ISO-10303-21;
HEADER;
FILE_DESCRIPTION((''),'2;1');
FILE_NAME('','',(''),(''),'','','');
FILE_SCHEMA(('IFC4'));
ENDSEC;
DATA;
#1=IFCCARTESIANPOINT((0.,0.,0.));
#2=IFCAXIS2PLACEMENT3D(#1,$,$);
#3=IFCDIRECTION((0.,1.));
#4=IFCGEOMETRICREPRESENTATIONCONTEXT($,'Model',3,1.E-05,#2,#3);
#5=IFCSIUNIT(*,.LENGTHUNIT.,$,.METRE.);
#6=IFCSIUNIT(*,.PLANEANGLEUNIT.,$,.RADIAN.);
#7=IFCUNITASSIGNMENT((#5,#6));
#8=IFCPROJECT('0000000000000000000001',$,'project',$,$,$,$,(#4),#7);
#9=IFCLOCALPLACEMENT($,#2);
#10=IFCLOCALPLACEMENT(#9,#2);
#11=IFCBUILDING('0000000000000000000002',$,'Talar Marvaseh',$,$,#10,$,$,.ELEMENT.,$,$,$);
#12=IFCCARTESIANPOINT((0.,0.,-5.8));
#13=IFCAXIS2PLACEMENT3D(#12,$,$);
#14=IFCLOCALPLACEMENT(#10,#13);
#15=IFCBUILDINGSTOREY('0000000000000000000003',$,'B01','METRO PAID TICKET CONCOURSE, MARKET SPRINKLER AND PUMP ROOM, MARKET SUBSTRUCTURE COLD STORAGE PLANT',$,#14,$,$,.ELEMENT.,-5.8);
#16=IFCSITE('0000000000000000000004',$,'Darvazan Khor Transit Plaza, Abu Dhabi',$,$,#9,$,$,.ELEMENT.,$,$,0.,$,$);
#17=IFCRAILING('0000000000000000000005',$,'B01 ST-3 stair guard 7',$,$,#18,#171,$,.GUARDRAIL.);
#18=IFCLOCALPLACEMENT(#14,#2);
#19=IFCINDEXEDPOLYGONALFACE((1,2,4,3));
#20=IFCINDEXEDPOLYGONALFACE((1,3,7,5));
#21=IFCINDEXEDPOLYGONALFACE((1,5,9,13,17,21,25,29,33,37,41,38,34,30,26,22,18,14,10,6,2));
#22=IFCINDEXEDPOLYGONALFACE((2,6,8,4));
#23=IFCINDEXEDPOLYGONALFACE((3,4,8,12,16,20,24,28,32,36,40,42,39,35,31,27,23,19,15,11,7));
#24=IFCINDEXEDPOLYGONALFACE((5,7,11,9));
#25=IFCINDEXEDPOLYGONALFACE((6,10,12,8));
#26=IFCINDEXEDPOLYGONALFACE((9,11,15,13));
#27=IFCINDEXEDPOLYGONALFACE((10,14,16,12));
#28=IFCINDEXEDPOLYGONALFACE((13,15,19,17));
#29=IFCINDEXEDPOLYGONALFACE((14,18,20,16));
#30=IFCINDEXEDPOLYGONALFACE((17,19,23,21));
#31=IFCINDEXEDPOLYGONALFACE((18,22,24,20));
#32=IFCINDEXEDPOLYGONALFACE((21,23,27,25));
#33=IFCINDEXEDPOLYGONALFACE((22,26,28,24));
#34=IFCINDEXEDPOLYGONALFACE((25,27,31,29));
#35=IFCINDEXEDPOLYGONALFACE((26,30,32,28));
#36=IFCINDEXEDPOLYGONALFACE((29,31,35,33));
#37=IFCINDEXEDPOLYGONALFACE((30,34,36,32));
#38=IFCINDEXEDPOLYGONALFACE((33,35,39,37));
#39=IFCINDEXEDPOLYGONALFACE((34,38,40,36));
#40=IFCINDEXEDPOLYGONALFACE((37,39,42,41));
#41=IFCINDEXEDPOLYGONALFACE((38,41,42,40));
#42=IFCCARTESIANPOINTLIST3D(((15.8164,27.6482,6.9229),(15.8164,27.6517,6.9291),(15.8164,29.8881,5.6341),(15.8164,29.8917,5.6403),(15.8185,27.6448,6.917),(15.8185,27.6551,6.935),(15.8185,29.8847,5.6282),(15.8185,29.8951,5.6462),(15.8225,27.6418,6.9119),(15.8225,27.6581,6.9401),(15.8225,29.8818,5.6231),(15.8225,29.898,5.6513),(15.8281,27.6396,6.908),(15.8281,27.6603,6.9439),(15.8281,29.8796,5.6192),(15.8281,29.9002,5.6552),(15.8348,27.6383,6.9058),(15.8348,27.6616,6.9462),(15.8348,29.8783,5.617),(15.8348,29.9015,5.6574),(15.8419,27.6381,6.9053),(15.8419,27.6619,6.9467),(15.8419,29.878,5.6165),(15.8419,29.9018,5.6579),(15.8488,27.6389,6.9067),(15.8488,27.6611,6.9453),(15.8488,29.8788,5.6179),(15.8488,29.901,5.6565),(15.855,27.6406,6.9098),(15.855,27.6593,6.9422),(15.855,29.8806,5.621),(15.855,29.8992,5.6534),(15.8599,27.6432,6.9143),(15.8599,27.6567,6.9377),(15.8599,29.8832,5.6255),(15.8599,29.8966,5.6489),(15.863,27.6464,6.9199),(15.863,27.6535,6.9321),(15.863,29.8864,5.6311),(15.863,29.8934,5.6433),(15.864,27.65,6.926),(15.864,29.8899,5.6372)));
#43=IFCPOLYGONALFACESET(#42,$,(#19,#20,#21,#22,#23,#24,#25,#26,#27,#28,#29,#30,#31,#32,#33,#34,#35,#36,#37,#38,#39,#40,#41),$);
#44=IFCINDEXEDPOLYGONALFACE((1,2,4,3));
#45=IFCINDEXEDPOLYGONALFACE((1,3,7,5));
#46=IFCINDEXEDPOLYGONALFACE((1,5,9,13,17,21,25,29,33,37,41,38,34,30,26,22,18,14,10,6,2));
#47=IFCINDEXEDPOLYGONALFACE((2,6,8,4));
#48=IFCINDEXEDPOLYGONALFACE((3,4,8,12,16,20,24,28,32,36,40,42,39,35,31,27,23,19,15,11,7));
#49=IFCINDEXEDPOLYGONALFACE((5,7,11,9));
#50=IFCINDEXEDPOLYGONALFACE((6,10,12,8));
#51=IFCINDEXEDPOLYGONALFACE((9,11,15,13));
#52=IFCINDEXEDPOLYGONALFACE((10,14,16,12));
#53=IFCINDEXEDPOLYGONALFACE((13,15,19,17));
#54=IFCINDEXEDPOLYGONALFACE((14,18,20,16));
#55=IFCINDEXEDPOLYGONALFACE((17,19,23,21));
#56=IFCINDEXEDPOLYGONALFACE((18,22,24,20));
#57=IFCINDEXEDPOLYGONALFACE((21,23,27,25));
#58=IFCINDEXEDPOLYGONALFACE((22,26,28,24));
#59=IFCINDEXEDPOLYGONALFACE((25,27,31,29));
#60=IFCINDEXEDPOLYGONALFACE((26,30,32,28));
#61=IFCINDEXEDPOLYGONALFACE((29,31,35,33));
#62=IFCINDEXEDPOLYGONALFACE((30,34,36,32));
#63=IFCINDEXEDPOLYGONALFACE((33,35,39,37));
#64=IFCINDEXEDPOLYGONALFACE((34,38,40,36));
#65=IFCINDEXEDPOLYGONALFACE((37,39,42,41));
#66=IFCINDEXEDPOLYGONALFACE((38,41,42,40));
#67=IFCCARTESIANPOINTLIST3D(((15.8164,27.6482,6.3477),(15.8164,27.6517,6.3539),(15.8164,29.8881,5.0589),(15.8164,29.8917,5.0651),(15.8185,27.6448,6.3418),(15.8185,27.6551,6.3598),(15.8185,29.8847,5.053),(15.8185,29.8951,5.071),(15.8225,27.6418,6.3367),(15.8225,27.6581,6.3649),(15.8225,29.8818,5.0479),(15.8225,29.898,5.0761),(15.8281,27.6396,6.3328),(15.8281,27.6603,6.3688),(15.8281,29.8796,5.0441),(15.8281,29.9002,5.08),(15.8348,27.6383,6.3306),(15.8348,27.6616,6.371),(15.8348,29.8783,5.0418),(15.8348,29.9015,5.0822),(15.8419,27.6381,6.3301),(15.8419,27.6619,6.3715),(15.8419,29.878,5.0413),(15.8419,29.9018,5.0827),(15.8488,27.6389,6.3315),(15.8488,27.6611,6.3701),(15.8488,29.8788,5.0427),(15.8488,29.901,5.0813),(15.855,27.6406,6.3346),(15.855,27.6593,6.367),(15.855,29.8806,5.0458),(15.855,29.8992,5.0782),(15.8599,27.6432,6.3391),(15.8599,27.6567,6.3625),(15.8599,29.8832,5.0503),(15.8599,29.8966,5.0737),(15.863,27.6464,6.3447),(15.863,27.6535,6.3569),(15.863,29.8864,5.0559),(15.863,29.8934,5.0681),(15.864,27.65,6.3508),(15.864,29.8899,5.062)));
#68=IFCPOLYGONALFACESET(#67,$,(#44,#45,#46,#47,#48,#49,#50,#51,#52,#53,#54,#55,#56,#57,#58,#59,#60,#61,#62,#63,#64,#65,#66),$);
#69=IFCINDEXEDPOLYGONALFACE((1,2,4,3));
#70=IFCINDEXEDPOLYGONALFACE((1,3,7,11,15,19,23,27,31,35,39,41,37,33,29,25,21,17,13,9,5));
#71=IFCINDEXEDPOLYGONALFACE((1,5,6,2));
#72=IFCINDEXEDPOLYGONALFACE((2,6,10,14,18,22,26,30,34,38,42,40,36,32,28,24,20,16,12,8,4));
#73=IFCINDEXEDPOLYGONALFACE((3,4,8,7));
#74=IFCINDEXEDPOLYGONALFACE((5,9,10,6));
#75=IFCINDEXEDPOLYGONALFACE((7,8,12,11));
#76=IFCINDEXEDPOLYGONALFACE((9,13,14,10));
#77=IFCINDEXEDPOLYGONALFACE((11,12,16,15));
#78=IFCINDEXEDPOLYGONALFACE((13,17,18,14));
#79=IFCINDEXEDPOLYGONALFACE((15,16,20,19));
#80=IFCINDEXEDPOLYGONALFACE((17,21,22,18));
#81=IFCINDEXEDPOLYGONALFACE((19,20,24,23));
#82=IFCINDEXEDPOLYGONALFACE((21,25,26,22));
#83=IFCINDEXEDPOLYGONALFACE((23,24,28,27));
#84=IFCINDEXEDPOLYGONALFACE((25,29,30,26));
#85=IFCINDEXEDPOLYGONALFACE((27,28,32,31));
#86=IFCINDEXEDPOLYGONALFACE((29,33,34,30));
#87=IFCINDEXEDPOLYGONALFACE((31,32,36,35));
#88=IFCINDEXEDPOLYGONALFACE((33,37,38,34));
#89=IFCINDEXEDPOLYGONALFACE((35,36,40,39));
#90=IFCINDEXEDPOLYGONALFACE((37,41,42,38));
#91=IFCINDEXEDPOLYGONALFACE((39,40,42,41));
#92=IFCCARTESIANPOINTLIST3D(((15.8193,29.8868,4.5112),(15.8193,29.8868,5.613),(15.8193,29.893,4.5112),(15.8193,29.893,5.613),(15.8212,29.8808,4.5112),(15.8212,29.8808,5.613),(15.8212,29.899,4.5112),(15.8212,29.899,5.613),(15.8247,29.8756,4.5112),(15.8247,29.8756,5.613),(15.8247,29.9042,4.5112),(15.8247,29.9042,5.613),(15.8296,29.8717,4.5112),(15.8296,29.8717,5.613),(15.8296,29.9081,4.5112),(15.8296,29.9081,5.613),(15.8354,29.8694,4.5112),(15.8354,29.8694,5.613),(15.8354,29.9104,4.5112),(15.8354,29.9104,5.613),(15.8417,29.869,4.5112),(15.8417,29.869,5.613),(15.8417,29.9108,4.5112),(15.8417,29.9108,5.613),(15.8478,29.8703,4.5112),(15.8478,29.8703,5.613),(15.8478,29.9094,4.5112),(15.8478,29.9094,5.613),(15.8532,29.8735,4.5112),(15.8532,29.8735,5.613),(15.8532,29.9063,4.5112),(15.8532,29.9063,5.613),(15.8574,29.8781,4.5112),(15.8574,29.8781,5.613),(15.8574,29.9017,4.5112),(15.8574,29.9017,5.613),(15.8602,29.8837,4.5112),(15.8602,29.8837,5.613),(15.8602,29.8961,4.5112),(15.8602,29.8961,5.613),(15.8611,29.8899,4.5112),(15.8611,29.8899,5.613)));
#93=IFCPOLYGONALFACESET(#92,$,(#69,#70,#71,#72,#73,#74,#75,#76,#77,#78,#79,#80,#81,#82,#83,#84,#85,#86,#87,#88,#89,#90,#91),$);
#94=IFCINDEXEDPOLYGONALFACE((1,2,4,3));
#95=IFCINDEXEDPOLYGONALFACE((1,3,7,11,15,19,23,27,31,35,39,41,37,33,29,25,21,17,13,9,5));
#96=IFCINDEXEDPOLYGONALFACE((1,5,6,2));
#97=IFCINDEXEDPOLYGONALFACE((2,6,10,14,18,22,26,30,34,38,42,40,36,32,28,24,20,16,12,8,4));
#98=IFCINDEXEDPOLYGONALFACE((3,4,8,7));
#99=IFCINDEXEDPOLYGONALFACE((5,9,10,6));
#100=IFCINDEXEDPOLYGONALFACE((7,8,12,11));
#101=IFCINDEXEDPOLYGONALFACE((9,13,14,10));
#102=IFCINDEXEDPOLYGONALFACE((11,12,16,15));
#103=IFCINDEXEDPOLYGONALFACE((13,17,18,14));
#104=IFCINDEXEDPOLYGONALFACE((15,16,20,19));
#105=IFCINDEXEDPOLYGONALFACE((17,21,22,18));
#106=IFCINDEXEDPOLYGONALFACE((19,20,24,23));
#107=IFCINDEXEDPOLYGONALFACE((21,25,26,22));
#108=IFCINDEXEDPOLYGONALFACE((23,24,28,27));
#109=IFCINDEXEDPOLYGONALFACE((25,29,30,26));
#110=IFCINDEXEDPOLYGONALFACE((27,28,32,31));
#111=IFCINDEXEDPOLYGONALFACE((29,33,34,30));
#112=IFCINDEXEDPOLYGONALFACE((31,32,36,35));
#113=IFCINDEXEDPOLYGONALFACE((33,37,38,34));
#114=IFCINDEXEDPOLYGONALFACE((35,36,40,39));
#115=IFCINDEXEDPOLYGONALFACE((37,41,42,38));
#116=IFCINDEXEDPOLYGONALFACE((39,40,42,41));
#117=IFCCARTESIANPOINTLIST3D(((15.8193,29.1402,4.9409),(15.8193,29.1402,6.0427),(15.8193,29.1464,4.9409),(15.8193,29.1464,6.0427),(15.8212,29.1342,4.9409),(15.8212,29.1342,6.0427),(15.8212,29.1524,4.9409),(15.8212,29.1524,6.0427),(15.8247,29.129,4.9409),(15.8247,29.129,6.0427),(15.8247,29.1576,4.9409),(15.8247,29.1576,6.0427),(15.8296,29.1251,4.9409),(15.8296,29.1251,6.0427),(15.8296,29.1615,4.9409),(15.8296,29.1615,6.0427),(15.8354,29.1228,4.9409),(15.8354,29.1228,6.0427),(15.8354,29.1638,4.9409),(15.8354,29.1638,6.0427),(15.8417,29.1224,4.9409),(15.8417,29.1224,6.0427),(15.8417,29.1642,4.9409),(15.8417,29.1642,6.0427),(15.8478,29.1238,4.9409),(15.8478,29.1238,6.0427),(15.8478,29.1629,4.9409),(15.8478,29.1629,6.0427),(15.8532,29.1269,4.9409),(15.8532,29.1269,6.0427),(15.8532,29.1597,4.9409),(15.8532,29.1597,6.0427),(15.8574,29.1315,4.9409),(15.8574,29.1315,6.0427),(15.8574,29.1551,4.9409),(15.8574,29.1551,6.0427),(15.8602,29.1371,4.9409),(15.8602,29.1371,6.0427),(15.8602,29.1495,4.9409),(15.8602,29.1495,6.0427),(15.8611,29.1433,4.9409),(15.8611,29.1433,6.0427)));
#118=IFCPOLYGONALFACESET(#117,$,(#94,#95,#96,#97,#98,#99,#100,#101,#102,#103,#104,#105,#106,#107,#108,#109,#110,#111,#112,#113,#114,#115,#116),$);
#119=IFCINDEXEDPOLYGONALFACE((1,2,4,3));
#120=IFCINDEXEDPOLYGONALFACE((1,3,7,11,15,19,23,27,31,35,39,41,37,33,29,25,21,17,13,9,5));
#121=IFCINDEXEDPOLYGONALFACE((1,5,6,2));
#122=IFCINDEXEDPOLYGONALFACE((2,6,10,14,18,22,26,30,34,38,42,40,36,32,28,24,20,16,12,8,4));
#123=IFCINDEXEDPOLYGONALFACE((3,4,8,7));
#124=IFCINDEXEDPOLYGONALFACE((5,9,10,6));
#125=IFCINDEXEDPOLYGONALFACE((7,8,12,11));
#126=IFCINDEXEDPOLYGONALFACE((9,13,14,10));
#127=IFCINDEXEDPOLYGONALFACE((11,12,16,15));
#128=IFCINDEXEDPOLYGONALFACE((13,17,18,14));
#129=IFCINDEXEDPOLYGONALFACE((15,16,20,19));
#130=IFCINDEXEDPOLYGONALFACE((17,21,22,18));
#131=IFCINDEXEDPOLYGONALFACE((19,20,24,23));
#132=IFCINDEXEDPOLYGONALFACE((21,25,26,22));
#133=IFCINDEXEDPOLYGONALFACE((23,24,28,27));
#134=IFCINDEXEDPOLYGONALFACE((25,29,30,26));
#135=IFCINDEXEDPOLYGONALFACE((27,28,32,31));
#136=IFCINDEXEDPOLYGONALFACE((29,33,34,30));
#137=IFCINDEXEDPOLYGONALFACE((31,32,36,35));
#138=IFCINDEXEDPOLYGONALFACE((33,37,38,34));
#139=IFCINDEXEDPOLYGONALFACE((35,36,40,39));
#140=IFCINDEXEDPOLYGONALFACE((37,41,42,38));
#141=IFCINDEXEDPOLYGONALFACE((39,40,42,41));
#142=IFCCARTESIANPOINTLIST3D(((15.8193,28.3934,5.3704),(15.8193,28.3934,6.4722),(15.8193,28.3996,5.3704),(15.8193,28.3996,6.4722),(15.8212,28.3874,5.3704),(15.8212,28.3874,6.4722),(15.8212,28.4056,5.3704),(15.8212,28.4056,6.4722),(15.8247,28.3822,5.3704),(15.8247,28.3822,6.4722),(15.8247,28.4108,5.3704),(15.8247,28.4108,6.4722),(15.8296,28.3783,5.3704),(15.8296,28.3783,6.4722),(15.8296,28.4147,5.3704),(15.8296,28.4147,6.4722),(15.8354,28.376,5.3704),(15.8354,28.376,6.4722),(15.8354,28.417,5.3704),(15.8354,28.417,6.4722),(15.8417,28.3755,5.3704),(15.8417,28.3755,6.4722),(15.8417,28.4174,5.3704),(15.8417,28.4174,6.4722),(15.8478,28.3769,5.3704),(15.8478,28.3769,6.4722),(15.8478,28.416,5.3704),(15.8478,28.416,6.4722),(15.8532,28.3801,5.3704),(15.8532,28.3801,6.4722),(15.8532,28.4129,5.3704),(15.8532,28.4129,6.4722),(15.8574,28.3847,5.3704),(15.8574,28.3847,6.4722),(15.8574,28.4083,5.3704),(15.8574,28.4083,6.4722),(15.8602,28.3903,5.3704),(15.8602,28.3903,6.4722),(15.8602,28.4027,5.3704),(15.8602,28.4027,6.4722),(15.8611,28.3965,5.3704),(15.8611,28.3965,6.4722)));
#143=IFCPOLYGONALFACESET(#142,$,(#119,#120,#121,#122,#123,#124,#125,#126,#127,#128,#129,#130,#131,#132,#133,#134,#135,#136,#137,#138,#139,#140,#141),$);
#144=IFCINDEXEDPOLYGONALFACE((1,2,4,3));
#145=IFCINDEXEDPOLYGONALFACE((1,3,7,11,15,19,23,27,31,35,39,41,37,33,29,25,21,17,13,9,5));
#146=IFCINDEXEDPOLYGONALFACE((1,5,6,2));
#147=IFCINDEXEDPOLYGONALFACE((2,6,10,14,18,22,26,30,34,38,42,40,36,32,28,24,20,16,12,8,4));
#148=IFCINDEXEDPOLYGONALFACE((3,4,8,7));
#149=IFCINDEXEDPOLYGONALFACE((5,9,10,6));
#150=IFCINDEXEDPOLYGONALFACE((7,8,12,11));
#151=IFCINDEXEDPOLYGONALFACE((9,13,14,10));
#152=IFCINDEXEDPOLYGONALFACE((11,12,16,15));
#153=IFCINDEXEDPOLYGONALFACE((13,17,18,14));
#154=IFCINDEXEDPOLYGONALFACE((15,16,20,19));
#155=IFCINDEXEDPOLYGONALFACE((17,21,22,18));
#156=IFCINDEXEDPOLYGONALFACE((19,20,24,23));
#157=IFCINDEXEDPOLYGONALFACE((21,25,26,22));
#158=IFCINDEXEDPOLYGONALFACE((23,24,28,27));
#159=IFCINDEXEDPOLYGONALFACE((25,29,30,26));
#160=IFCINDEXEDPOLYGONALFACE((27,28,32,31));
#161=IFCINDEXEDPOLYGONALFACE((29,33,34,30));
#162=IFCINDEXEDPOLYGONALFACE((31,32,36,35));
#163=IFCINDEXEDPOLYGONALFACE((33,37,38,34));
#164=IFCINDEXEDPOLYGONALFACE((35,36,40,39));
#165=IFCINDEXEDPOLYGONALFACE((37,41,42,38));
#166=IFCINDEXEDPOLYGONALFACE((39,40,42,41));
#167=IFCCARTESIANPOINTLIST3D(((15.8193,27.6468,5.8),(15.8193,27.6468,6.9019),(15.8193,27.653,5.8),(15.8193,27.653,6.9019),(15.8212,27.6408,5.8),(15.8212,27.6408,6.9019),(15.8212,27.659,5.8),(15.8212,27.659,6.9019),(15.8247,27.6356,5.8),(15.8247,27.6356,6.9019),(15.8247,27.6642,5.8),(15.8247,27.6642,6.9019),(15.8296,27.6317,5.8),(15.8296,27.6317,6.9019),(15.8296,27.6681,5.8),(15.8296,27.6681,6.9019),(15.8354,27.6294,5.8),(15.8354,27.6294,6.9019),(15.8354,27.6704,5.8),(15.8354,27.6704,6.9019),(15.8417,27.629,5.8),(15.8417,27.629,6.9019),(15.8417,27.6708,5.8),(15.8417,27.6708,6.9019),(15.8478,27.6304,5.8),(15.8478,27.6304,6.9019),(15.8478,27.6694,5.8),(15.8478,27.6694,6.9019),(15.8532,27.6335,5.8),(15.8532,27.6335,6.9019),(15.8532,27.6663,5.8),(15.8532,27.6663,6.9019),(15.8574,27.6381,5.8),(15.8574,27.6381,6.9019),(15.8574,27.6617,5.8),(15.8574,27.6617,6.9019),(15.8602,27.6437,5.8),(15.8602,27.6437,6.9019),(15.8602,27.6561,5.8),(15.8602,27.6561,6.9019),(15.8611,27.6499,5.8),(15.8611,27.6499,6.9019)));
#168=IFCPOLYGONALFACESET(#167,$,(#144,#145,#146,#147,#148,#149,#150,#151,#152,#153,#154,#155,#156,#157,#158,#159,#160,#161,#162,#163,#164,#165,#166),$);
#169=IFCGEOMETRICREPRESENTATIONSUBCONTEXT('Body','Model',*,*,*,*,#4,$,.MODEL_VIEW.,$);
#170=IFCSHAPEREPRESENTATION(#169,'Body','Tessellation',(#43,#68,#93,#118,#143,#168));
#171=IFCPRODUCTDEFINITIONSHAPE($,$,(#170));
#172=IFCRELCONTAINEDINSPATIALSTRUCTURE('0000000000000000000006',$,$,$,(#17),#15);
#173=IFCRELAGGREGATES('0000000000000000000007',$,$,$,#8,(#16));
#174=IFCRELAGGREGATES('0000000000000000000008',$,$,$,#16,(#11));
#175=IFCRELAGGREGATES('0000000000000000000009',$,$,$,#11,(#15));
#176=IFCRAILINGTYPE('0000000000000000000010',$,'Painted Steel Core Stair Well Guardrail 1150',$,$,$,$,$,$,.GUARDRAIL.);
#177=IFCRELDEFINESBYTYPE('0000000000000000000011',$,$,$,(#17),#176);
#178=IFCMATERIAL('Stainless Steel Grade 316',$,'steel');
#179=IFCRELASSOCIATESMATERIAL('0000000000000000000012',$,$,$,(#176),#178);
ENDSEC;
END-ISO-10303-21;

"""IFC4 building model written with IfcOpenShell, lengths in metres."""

from ifc_helpers import new_model, si_unit, direction, frame, origin, origin_2d, place, context, subcontext, project, spatial, circle, extrude, material, type_object, element, save


model = new_model("IFC4")

# Units and contexts
model_context = context("Model", 3, precision=1e-05, world=origin(), true_north=direction((0.0, 1.0)))
body_context = subcontext(model_context, "Body", "Model", "MODEL_VIEW")
ifc_project = project(units=[si_unit("LENGTHUNIT", "METRE"), si_unit("PLANEANGLEUNIT", "RADIAN")], contexts=[model_context])

# Site, building, storey
site_placement = place(None, origin())
site = spatial("IfcSite", under=ifc_project, at=site_placement, Name="Darvazan Khor Transit Plaza, Abu Dhabi", CompositionType="ELEMENT", RefElevation=0.0)
building_placement = place(site_placement, origin())
building = spatial("IfcBuilding", under=site, at=building_placement, Name="Talar Marvaseh", CompositionType="ELEMENT")
storey_placement = place(building_placement, frame((0.0, 0.0, -5.8)))
storey = spatial("IfcBuildingStorey", under=building, at=storey_placement, Name="B01", Description="METRO PAID TICKET CONCOURSE, MARKET SPRINKLER AND PUMP ROOM, MARKET SUBSTRUCTURE COLD STORAGE PLANT", CompositionType="ELEMENT", Elevation=-5.8)

# Railing
ifc_material_1 = material(Name="Stainless Steel Grade 316", Category="steel")
railing_type_1 = type_object("IfcRailingType", Name="Painted Steel Core Stair Well Guardrail 1150", PredefinedType="GUARDRAIL", material=ifc_material_1)
railing_1_placement = place(storey_placement, frame((15.8401, 29.8899, 4.5112)))
element("IfcRailing", 1, at=railing_1_placement, inside=storey, type_object=railing_type_1, Name="B01 ST-3 stair guard 7", PredefinedType="GUARDRAIL", context=body_context, shape_type="SweptSolid", body=[
    extrude(circle(Radius=0.0239, at=origin_2d()), frame((0.0, 0.0, 1.126), z_axis=(0.0, -0.866768, 0.498711), x_axis=(1.0, 0.0, 0.0)), (0.0, 0.0, 1.0), 2.5842),
    extrude(circle(Radius=0.0239, at=origin_2d()), frame((0.0, 0.0, 0.5508), z_axis=(0.0, -0.866768, 0.498711), x_axis=(1.0, 0.0, 0.0)), (0.0, 0.0, 1.0), 2.5842),
    extrude(circle(Radius=0.021, at=origin_2d()), origin(), (0.0, 0.0, 1.0), 1.1018),
    extrude(circle(Radius=0.021, at=origin_2d()), frame((0.0, -0.7466, 0.4297)), (0.0, 0.0, 1.0), 1.1018),
    extrude(circle(Radius=0.021, at=origin_2d()), frame((0.0, -1.4934, 0.8591)), (0.0, 0.0, 1.0), 1.1018),
    extrude(circle(Radius=0.021, at=origin_2d()), frame((0.0, -2.24, 1.2888)), (0.0, 0.0, 1.0), 1.1018),
])

save(model, "model.ifc")
